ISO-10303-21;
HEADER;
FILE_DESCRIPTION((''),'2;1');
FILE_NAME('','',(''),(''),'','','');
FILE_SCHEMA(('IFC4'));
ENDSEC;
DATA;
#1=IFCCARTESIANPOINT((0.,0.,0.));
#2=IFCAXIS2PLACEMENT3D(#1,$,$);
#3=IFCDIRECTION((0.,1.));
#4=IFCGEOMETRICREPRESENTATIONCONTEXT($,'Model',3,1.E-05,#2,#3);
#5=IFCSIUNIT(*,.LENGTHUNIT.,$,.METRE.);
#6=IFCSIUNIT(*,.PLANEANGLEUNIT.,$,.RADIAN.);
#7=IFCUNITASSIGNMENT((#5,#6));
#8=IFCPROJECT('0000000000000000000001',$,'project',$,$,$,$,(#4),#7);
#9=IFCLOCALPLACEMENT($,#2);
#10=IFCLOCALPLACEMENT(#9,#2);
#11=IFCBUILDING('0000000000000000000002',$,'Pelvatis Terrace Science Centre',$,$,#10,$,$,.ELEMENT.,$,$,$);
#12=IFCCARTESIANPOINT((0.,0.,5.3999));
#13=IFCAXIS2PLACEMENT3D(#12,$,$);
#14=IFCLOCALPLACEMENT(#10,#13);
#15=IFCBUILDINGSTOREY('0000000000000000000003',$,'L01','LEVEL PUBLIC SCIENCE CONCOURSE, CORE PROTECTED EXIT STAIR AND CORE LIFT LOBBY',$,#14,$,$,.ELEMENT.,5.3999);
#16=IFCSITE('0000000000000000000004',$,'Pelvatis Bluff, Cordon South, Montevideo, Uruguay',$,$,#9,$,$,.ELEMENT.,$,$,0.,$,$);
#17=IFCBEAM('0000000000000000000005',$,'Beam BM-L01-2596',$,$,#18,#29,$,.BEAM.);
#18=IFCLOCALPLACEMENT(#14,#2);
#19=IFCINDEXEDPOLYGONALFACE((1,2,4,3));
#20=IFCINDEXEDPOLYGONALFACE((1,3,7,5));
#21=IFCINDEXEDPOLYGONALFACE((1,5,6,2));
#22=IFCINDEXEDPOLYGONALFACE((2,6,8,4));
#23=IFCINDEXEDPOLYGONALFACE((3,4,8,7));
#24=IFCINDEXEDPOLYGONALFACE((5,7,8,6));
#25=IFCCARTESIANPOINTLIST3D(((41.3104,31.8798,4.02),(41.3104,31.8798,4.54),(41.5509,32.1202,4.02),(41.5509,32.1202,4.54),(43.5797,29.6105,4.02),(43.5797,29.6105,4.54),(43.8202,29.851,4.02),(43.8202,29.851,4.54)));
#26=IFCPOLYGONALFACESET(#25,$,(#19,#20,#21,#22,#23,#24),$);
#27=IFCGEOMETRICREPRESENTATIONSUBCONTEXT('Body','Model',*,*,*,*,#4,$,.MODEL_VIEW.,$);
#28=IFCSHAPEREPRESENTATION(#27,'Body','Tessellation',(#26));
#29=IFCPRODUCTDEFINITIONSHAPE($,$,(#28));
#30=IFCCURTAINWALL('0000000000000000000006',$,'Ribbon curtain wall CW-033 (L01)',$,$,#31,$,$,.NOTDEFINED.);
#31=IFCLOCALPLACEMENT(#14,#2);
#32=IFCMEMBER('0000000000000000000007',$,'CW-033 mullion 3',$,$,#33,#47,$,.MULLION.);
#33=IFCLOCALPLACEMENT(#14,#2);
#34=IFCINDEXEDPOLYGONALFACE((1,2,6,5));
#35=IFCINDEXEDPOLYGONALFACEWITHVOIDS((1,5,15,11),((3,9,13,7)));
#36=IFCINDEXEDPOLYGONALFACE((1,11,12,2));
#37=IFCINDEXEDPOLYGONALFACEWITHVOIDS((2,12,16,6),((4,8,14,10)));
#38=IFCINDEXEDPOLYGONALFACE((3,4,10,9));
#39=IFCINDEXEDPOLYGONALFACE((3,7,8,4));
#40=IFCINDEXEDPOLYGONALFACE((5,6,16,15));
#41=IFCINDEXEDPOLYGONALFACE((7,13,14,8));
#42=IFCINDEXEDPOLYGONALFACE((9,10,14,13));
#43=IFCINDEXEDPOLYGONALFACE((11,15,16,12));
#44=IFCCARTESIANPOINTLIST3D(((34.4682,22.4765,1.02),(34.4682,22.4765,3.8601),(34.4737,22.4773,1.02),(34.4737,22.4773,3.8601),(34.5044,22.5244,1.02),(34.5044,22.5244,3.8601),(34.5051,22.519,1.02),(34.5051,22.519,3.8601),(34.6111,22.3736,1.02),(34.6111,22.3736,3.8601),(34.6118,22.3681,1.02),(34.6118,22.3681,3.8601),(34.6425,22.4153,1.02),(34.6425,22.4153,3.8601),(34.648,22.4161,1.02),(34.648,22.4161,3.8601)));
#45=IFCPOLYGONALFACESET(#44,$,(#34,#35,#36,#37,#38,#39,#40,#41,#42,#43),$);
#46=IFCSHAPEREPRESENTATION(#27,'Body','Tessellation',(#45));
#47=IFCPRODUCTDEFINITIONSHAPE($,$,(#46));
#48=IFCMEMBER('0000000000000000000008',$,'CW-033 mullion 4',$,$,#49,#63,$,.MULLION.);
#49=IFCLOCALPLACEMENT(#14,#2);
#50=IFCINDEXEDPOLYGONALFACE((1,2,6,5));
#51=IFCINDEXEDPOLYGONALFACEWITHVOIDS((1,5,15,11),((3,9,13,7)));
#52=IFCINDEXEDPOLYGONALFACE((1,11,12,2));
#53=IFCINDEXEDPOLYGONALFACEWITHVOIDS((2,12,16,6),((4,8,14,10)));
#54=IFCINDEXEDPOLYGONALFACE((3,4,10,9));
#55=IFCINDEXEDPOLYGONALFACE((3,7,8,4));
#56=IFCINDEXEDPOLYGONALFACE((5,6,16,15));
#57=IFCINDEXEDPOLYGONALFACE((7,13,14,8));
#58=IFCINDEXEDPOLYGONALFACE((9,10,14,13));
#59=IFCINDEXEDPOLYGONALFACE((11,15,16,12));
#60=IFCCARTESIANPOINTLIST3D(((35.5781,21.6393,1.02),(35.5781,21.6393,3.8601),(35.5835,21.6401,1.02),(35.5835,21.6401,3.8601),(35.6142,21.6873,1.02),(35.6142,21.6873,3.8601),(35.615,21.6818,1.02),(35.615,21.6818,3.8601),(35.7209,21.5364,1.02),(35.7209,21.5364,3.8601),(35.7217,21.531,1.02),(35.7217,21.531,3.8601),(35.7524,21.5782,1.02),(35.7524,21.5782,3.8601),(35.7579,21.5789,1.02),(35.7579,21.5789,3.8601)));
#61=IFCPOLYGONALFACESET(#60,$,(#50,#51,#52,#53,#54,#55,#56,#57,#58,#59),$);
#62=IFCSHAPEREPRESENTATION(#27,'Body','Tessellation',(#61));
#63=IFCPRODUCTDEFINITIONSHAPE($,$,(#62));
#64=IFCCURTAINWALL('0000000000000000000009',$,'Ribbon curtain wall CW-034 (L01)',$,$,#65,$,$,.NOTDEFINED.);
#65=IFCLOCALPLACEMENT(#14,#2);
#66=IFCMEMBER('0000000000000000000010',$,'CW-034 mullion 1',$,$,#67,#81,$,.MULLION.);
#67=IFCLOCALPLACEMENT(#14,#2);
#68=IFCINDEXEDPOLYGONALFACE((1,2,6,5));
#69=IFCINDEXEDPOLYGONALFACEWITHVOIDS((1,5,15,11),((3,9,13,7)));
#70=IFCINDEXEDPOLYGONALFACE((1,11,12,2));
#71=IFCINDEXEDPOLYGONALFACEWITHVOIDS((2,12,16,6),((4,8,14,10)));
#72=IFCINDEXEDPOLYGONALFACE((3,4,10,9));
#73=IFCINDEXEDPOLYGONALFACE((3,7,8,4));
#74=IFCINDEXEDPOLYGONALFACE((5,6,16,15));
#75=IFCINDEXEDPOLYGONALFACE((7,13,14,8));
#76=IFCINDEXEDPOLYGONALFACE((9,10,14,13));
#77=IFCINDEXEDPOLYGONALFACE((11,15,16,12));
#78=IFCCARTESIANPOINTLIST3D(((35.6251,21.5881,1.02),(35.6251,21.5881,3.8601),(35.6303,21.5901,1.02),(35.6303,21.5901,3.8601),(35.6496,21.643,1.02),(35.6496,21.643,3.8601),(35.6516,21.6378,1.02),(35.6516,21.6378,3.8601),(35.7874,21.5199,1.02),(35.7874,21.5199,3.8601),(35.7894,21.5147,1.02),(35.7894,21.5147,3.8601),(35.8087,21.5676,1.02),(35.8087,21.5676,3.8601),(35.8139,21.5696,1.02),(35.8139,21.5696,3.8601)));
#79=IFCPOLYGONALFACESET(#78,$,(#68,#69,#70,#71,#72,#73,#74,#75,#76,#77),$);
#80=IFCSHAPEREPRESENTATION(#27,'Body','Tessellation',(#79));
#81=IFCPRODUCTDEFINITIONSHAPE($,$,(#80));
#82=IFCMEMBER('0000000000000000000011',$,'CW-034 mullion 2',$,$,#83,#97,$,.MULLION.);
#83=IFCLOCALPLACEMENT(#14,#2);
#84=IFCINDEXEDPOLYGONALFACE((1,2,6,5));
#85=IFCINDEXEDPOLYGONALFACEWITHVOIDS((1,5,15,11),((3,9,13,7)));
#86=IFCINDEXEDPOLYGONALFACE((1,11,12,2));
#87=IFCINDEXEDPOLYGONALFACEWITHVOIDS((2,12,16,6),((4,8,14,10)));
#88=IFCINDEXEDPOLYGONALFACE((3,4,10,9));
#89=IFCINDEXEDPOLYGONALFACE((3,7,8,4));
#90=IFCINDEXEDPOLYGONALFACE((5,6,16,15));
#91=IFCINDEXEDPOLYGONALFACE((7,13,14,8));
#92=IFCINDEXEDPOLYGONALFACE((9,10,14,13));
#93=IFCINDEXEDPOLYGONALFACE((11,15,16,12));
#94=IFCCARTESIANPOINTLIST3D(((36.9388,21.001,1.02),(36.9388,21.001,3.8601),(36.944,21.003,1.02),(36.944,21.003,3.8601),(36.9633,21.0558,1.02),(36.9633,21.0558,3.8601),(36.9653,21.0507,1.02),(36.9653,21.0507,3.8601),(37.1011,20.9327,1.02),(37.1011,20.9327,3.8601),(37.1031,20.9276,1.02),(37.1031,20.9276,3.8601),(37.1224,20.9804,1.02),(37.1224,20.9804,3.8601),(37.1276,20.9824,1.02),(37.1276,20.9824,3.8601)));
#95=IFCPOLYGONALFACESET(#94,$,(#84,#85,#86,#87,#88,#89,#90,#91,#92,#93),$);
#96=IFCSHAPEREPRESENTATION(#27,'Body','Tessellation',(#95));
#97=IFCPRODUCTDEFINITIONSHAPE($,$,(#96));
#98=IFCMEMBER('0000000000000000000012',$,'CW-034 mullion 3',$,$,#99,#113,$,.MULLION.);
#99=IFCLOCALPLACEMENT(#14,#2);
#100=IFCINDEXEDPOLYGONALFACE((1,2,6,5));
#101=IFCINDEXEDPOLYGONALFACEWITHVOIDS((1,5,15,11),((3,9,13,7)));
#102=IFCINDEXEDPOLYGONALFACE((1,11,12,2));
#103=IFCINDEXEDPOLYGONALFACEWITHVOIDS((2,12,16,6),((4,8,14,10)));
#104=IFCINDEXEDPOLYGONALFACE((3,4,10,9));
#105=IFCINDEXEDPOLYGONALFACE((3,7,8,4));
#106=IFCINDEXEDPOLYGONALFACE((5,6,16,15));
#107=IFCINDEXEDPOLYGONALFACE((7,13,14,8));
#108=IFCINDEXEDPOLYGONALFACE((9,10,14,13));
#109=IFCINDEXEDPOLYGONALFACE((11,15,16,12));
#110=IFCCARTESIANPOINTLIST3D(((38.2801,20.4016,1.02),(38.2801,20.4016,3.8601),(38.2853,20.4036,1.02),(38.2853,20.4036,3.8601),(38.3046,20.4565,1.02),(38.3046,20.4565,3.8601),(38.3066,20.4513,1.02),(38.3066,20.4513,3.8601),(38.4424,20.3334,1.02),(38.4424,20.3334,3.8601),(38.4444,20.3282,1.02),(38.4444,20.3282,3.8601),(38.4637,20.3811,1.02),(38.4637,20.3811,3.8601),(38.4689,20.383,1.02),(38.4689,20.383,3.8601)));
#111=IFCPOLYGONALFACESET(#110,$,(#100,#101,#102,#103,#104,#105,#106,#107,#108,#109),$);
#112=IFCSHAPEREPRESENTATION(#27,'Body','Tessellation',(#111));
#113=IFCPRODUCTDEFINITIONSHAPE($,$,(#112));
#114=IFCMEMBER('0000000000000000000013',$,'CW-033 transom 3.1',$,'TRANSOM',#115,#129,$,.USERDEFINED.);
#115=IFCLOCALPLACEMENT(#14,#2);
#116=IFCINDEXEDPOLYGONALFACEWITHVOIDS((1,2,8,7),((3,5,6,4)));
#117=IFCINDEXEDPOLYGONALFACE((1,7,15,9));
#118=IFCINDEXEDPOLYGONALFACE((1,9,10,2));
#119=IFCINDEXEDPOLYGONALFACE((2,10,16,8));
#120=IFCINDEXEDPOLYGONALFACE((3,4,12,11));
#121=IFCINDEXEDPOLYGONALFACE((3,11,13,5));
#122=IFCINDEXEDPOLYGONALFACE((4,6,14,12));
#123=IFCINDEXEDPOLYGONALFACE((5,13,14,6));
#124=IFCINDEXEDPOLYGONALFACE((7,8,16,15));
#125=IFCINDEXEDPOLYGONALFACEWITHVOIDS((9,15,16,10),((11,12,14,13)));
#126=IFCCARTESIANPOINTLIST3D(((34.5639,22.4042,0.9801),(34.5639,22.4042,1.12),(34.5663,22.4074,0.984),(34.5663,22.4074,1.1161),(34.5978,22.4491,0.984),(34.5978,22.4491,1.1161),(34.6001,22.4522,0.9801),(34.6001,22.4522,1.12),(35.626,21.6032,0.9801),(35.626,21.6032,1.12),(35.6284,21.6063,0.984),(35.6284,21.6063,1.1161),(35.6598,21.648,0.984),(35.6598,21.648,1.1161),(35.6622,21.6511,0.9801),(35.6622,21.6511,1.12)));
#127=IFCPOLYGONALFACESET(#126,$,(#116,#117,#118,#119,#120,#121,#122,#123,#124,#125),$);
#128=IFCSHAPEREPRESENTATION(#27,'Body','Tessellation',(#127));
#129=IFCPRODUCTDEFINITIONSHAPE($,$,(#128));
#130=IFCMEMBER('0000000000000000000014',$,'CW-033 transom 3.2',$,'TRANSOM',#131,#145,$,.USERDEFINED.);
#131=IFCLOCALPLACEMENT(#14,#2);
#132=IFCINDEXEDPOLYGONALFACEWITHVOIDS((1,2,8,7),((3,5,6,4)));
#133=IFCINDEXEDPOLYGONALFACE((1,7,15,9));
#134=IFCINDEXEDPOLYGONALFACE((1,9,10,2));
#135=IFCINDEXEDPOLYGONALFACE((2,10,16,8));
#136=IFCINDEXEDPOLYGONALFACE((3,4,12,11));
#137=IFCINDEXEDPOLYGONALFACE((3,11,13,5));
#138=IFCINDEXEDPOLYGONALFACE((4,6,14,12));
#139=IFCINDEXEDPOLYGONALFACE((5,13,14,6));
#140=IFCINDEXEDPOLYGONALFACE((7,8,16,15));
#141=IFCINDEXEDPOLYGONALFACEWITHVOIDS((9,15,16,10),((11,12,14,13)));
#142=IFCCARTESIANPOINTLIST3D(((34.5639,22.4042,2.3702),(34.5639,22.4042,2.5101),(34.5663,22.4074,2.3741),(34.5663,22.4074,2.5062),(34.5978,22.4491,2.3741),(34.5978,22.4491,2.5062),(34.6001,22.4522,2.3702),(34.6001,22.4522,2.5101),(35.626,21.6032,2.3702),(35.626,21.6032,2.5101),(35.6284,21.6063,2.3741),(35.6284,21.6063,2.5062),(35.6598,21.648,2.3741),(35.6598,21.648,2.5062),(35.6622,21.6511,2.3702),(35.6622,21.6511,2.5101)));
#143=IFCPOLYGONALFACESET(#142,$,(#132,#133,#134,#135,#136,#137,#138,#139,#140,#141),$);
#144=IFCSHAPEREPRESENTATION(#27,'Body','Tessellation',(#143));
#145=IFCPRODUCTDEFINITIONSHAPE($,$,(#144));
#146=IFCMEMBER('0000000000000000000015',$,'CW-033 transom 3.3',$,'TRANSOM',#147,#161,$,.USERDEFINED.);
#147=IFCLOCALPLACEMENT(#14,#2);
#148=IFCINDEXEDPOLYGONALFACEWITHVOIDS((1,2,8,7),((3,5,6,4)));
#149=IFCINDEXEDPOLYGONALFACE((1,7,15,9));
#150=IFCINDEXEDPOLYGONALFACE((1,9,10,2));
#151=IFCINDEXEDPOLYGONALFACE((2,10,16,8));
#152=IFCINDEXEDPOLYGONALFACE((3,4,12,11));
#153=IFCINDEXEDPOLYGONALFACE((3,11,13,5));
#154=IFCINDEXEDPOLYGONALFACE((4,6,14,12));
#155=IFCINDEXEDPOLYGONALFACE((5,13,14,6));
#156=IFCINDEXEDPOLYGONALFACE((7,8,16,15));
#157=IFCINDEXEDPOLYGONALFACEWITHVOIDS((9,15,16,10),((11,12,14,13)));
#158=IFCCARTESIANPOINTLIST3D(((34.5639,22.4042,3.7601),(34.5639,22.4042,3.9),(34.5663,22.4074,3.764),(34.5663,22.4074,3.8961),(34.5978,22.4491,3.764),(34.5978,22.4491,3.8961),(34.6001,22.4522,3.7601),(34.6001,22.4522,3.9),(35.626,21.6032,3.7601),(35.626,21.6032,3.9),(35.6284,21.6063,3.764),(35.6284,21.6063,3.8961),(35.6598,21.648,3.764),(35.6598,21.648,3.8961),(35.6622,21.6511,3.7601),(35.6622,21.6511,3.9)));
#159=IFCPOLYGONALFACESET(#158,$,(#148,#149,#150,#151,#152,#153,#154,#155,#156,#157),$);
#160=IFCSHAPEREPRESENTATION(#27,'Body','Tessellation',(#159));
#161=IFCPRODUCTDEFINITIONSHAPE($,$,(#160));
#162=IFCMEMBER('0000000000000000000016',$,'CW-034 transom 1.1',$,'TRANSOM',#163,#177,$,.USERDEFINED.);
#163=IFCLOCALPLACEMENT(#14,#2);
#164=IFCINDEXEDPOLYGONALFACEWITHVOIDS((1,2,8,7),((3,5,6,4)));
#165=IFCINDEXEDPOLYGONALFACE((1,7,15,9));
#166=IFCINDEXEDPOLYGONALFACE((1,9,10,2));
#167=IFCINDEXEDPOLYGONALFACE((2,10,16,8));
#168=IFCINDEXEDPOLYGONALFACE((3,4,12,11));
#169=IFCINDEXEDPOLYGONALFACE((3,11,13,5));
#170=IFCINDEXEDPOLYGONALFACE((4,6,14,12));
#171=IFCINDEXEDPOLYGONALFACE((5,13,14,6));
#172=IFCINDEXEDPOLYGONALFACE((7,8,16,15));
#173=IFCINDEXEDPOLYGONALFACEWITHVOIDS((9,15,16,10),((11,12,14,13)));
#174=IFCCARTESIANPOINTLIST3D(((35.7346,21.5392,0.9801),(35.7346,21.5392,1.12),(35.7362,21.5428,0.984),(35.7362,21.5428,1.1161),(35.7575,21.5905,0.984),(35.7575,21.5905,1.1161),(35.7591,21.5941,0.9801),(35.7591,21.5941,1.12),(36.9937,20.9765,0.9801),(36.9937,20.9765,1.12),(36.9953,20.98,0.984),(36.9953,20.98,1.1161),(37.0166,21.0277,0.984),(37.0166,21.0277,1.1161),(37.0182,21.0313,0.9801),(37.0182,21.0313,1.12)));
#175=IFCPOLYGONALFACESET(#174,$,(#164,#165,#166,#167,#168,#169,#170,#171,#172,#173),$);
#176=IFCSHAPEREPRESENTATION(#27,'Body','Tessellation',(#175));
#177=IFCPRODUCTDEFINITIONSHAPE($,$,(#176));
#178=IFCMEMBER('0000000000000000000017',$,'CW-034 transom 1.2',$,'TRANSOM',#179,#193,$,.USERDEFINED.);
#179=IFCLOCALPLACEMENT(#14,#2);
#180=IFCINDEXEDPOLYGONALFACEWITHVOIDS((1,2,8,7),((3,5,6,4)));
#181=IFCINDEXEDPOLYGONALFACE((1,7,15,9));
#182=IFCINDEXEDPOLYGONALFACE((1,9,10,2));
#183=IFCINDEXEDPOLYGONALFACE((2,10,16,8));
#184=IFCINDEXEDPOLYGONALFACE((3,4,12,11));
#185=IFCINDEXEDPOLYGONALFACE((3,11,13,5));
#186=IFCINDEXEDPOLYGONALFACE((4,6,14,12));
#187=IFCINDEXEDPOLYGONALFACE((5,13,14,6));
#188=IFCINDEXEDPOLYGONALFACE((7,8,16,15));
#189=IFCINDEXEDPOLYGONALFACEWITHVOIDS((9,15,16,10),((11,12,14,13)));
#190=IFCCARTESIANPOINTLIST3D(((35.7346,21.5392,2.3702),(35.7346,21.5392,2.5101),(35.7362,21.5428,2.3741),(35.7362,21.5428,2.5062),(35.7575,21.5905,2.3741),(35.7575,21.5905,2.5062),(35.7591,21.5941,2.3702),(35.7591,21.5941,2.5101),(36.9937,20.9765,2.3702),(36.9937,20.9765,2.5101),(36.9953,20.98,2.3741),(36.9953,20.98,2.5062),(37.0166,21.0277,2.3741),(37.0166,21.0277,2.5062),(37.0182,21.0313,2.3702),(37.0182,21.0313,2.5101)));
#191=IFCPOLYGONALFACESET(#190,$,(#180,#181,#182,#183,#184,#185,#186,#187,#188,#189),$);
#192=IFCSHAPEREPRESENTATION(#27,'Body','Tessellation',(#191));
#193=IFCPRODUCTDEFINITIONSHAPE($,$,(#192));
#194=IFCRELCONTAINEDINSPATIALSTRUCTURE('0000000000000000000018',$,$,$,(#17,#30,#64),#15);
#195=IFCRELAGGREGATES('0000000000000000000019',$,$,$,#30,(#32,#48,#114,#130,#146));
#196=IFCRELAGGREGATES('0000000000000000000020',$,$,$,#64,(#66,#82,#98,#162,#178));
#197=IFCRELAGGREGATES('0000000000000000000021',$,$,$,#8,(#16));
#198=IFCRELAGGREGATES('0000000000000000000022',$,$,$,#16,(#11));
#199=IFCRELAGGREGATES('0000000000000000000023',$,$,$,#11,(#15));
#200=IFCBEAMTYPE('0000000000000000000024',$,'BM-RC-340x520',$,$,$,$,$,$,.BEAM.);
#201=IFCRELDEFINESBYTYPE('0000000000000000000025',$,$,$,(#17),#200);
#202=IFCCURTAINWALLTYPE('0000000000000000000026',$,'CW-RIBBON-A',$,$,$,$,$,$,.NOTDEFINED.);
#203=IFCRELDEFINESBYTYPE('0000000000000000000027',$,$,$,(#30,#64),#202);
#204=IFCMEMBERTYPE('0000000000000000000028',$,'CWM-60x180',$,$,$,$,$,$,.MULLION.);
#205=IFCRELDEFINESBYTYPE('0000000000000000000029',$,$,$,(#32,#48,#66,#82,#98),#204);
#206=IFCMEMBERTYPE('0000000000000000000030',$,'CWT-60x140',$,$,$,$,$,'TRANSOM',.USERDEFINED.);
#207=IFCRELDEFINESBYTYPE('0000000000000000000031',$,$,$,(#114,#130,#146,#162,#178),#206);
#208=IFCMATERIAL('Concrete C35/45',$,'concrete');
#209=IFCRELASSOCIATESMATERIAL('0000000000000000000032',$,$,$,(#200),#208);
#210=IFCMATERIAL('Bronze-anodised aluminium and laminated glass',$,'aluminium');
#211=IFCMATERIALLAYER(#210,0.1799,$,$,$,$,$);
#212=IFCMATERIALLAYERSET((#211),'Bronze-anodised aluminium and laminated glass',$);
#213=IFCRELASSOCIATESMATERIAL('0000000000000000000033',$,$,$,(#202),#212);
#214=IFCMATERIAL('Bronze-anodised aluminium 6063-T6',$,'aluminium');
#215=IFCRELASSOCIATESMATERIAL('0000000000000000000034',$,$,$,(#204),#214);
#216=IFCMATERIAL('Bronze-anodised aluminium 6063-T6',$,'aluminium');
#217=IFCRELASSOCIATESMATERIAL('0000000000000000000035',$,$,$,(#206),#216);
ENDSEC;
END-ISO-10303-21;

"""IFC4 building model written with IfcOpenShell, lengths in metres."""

from ifc_helpers import new_model, si_unit, direction, frame, origin, origin_2d, place, context, subcontext, project, spatial, rectangle, hollow_rectangle, extrude, material, layer, layer_set, material_profile, profile_set, type_object, element, aggregate, save


model = new_model("IFC4")

# Units and contexts
model_context = context("Model", 3, precision=1e-05, world=origin(), true_north=direction((0.0, 1.0)))
body_context = subcontext(model_context, "Body", "Model", "MODEL_VIEW")
ifc_project = project(units=[si_unit("LENGTHUNIT", "METRE"), si_unit("PLANEANGLEUNIT", "RADIAN")], contexts=[model_context])

# Site, building, storey
site_placement = place(None, origin())
site = spatial("IfcSite", under=ifc_project, at=site_placement, Name="Pelvatis Bluff, Cordon South, Montevideo, Uruguay", CompositionType="ELEMENT", RefElevation=0.0)
building_placement = place(site_placement, origin())
building = spatial("IfcBuilding", under=site, at=building_placement, Name="Pelvatis Terrace Science Centre", CompositionType="ELEMENT")
storey_placement = place(building_placement, frame((0.0, 0.0, 5.3999)))
storey = spatial("IfcBuildingStorey", under=building, at=storey_placement, Name="L01", Description="LEVEL PUBLIC SCIENCE CONCOURSE, CORE PROTECTED EXIT STAIR AND CORE LIFT LOBBY", CompositionType="ELEMENT", Elevation=5.3999)

# Beam
ifc_material_1 = material(Name="Concrete C35/45", Category="concrete")
ifc_material_profile_1 = material_profile(ifc_material_1, rectangle(XDim=0.3401, YDim=0.52, at=origin_2d()), Name="RC-BM 340x520")
ifc_profile_set_1 = profile_set([ifc_material_profile_1], Name="Concrete C35/45")
beam_type_1 = type_object("IfcBeamType", Name="BM-RC-340x520", PredefinedType="BEAM", material=ifc_profile_set_1)
beam_1_placement = place(storey_placement, frame((41.4307, 32.0, 4.28), z_axis=(0.707107, -0.707107, 0.0), x_axis=(0.707107, 0.707107, 0.0)))
element("IfcBeam", 1, at=beam_1_placement, inside=storey, type_object=beam_type_1, Name="Beam BM-L01-2596", PredefinedType="BEAM", context=body_context, shape_type="SweptSolid", body=[
    extrude(rectangle(XDim=0.3401, YDim=0.52, at=origin_2d()), origin(), (0.0, 0.0, 1.0), 3.2092),
])

# Curtain walls, members
ifc_material_2 = material(Name="Bronze-anodised aluminium and laminated glass", Category="aluminium")
ifc_layer_1 = layer(ifc_material_2, 0.1799)
ifc_layer_set_1 = layer_set([ifc_layer_1], Name="Bronze-anodised aluminium and laminated glass")
curtain_wall_type = type_object("IfcCurtainWallType", Name="CW-RIBBON-A", PredefinedType="NOTDEFINED", material=ifc_layer_set_1)
curtain_wall_1_placement = place(storey_placement, origin())
curtain_wall_1 = element("IfcCurtainWall", 2, at=curtain_wall_1_placement, inside=storey, type_object=curtain_wall_type, Name="Ribbon curtain wall CW-033 (L01)", PredefinedType="NOTDEFINED")
ifc_material_3 = material(Name="Bronze-anodised aluminium 6063-T6", Category="aluminium")
ifc_material_profile_2 = material_profile(ifc_material_3, hollow_rectangle(XDim=0.0601, YDim=0.1799, WallThickness=0.0039, at=origin_2d()), Name="ALU-MUL 60x180")
ifc_profile_set_2 = profile_set([ifc_material_profile_2], Name="Bronze-anodised aluminium 6063-T6")
member_type_1 = type_object("IfcMemberType", Name="CWM-60x180", PredefinedType="MULLION", material=ifc_profile_set_2)
member_1_placement = place(storey_placement, frame((34.5581, 22.4463, 1.02), z_axis=(0.0, 0.0, 1.0), x_axis=(0.602213, 0.798335, 0.0)))
member_1 = element("IfcMember", 3, at=member_1_placement, type_object=member_type_1, Name="CW-033 mullion 3", PredefinedType="MULLION", context=body_context, shape_type="SweptSolid", body=[
    extrude(hollow_rectangle(XDim=0.0601, YDim=0.1799, WallThickness=0.0039, at=origin_2d()), origin(), (0.0, 0.0, 1.0), 2.8401),
])
member_2_placement = place(storey_placement, frame((35.668, 21.6091, 1.02), z_axis=(0.0, 0.0, 1.0), x_axis=(0.602213, 0.798335, 0.0)))
member_2 = element("IfcMember", 4, at=member_2_placement, type_object=member_type_1, Name="CW-033 mullion 4", PredefinedType="MULLION", context=body_context, shape_type="SweptSolid", body=[
    extrude(hollow_rectangle(XDim=0.0601, YDim=0.1799, WallThickness=0.0039, at=origin_2d()), origin(), (0.0, 0.0, 1.0), 2.8401),
])
curtain_wall_2_placement = place(storey_placement, origin())
curtain_wall_2 = element("IfcCurtainWall", 5, at=curtain_wall_2_placement, inside=storey, type_object=curtain_wall_type, Name="Ribbon curtain wall CW-034 (L01)", PredefinedType="NOTDEFINED")
member_3_placement = place(storey_placement, frame((35.7195, 21.5789, 1.02), z_axis=(0.0, 0.0, 1.0), x_axis=(0.407992, 0.912985, 0.0)))
member_3 = element("IfcMember", 6, at=member_3_placement, type_object=member_type_1, Name="CW-034 mullion 1", PredefinedType="MULLION", context=body_context, shape_type="SweptSolid", body=[
    extrude(hollow_rectangle(XDim=0.0601, YDim=0.1799, WallThickness=0.0039, at=origin_2d()), origin(), (0.0, 0.0, 1.0), 2.8401),
])
member_4_placement = place(storey_placement, frame((37.0332, 20.9917, 1.02), z_axis=(0.0, 0.0, 1.0), x_axis=(0.407992, 0.912985, 0.0)))
member_4 = element("IfcMember", 7, at=member_4_placement, type_object=member_type_1, Name="CW-034 mullion 2", PredefinedType="MULLION", context=body_context, shape_type="SweptSolid", body=[
    extrude(hollow_rectangle(XDim=0.0601, YDim=0.1799, WallThickness=0.0039, at=origin_2d()), origin(), (0.0, 0.0, 1.0), 2.8401),
])
member_5_placement = place(storey_placement, frame((38.3745, 20.3923, 1.02), z_axis=(0.0, 0.0, 1.0), x_axis=(0.407992, 0.912985, 0.0)))
member_5 = element("IfcMember", 8, at=member_5_placement, type_object=member_type_1, Name="CW-034 mullion 3", PredefinedType="MULLION", context=body_context, shape_type="SweptSolid", body=[
    extrude(hollow_rectangle(XDim=0.0601, YDim=0.1799, WallThickness=0.0039, at=origin_2d()), origin(), (0.0, 0.0, 1.0), 2.8401),
])

# Members
ifc_material_4 = material(Name="Bronze-anodised aluminium 6063-T6", Category="aluminium")
ifc_material_profile_3 = material_profile(ifc_material_4, hollow_rectangle(XDim=0.0601, YDim=0.1399, WallThickness=0.0039, at=origin_2d()), Name="ALU-TRN 60x140")
ifc_profile_set_3 = profile_set([ifc_material_profile_3], Name="Bronze-anodised aluminium 6063-T6")
member_type_2 = type_object("IfcMemberType", Name="CWT-60x140", ElementType="TRANSOM", PredefinedType="USERDEFINED", material=ifc_profile_set_3)
member_6_placement = place(storey_placement, frame((34.582, 22.4282, 1.05), z_axis=(0.798367, -0.602171, 0.0), x_axis=(0.602171, 0.798367, 0.0)))
member_6 = element("IfcMember", 9, at=member_6_placement, type_object=member_type_2, Name="CW-033 transom 3.1", ObjectType="TRANSOM", PredefinedType="USERDEFINED", context=body_context, shape_type="SweptSolid", body=[
    extrude(hollow_rectangle(XDim=0.0601, YDim=0.1399, WallThickness=0.0039, at=origin_2d()), origin(), (0.0, 0.0, 1.0), 1.3303),
])
member_7_placement = place(storey_placement, frame((34.582, 22.4282, 2.4402), z_axis=(0.798367, -0.602171, 0.0), x_axis=(0.602171, 0.798367, 0.0)))
member_7 = element("IfcMember", 10, at=member_7_placement, type_object=member_type_2, Name="CW-033 transom 3.2", ObjectType="TRANSOM", PredefinedType="USERDEFINED", context=body_context, shape_type="SweptSolid", body=[
    extrude(hollow_rectangle(XDim=0.0601, YDim=0.1399, WallThickness=0.0039, at=origin_2d()), origin(), (0.0, 0.0, 1.0), 1.3303),
])
member_8_placement = place(storey_placement, frame((34.582, 22.4282, 3.8301), z_axis=(0.798367, -0.602171, 0.0), x_axis=(0.602171, 0.798367, 0.0)))
member_8 = element("IfcMember", 11, at=member_8_placement, type_object=member_type_2, Name="CW-033 transom 3.3", ObjectType="TRANSOM", PredefinedType="USERDEFINED", context=body_context, shape_type="SweptSolid", body=[
    extrude(hollow_rectangle(XDim=0.0601, YDim=0.1399, WallThickness=0.0039, at=origin_2d()), origin(), (0.0, 0.0, 1.0), 1.3303),
])
member_9_placement = place(storey_placement, frame((35.7468, 21.5667, 1.05), z_axis=(0.912955, -0.408059, 0.0), x_axis=(0.408059, 0.912955, 0.0)))
member_9 = element("IfcMember", 12, at=member_9_placement, type_object=member_type_2, Name="CW-034 transom 1.1", ObjectType="TRANSOM", PredefinedType="USERDEFINED", context=body_context, shape_type="SweptSolid", body=[
    extrude(hollow_rectangle(XDim=0.0601, YDim=0.1399, WallThickness=0.0039, at=origin_2d()), origin(), (0.0, 0.0, 1.0), 1.3792),
])
member_10_placement = place(storey_placement, frame((35.7468, 21.5667, 2.4402), z_axis=(0.912955, -0.408059, 0.0), x_axis=(0.408059, 0.912955, 0.0)))
member_10 = element("IfcMember", 13, at=member_10_placement, type_object=member_type_2, Name="CW-034 transom 1.2", ObjectType="TRANSOM", PredefinedType="USERDEFINED", context=body_context, shape_type="SweptSolid", body=[
    extrude(hollow_rectangle(XDim=0.0601, YDim=0.1399, WallThickness=0.0039, at=origin_2d()), origin(), (0.0, 0.0, 1.0), 1.3792),
])

aggregate(curtain_wall_1, [member_1, member_2, member_6, member_7, member_8])
aggregate(curtain_wall_2, [member_3, member_4, member_5, member_9, member_10])

save(model, "model.ifc")
